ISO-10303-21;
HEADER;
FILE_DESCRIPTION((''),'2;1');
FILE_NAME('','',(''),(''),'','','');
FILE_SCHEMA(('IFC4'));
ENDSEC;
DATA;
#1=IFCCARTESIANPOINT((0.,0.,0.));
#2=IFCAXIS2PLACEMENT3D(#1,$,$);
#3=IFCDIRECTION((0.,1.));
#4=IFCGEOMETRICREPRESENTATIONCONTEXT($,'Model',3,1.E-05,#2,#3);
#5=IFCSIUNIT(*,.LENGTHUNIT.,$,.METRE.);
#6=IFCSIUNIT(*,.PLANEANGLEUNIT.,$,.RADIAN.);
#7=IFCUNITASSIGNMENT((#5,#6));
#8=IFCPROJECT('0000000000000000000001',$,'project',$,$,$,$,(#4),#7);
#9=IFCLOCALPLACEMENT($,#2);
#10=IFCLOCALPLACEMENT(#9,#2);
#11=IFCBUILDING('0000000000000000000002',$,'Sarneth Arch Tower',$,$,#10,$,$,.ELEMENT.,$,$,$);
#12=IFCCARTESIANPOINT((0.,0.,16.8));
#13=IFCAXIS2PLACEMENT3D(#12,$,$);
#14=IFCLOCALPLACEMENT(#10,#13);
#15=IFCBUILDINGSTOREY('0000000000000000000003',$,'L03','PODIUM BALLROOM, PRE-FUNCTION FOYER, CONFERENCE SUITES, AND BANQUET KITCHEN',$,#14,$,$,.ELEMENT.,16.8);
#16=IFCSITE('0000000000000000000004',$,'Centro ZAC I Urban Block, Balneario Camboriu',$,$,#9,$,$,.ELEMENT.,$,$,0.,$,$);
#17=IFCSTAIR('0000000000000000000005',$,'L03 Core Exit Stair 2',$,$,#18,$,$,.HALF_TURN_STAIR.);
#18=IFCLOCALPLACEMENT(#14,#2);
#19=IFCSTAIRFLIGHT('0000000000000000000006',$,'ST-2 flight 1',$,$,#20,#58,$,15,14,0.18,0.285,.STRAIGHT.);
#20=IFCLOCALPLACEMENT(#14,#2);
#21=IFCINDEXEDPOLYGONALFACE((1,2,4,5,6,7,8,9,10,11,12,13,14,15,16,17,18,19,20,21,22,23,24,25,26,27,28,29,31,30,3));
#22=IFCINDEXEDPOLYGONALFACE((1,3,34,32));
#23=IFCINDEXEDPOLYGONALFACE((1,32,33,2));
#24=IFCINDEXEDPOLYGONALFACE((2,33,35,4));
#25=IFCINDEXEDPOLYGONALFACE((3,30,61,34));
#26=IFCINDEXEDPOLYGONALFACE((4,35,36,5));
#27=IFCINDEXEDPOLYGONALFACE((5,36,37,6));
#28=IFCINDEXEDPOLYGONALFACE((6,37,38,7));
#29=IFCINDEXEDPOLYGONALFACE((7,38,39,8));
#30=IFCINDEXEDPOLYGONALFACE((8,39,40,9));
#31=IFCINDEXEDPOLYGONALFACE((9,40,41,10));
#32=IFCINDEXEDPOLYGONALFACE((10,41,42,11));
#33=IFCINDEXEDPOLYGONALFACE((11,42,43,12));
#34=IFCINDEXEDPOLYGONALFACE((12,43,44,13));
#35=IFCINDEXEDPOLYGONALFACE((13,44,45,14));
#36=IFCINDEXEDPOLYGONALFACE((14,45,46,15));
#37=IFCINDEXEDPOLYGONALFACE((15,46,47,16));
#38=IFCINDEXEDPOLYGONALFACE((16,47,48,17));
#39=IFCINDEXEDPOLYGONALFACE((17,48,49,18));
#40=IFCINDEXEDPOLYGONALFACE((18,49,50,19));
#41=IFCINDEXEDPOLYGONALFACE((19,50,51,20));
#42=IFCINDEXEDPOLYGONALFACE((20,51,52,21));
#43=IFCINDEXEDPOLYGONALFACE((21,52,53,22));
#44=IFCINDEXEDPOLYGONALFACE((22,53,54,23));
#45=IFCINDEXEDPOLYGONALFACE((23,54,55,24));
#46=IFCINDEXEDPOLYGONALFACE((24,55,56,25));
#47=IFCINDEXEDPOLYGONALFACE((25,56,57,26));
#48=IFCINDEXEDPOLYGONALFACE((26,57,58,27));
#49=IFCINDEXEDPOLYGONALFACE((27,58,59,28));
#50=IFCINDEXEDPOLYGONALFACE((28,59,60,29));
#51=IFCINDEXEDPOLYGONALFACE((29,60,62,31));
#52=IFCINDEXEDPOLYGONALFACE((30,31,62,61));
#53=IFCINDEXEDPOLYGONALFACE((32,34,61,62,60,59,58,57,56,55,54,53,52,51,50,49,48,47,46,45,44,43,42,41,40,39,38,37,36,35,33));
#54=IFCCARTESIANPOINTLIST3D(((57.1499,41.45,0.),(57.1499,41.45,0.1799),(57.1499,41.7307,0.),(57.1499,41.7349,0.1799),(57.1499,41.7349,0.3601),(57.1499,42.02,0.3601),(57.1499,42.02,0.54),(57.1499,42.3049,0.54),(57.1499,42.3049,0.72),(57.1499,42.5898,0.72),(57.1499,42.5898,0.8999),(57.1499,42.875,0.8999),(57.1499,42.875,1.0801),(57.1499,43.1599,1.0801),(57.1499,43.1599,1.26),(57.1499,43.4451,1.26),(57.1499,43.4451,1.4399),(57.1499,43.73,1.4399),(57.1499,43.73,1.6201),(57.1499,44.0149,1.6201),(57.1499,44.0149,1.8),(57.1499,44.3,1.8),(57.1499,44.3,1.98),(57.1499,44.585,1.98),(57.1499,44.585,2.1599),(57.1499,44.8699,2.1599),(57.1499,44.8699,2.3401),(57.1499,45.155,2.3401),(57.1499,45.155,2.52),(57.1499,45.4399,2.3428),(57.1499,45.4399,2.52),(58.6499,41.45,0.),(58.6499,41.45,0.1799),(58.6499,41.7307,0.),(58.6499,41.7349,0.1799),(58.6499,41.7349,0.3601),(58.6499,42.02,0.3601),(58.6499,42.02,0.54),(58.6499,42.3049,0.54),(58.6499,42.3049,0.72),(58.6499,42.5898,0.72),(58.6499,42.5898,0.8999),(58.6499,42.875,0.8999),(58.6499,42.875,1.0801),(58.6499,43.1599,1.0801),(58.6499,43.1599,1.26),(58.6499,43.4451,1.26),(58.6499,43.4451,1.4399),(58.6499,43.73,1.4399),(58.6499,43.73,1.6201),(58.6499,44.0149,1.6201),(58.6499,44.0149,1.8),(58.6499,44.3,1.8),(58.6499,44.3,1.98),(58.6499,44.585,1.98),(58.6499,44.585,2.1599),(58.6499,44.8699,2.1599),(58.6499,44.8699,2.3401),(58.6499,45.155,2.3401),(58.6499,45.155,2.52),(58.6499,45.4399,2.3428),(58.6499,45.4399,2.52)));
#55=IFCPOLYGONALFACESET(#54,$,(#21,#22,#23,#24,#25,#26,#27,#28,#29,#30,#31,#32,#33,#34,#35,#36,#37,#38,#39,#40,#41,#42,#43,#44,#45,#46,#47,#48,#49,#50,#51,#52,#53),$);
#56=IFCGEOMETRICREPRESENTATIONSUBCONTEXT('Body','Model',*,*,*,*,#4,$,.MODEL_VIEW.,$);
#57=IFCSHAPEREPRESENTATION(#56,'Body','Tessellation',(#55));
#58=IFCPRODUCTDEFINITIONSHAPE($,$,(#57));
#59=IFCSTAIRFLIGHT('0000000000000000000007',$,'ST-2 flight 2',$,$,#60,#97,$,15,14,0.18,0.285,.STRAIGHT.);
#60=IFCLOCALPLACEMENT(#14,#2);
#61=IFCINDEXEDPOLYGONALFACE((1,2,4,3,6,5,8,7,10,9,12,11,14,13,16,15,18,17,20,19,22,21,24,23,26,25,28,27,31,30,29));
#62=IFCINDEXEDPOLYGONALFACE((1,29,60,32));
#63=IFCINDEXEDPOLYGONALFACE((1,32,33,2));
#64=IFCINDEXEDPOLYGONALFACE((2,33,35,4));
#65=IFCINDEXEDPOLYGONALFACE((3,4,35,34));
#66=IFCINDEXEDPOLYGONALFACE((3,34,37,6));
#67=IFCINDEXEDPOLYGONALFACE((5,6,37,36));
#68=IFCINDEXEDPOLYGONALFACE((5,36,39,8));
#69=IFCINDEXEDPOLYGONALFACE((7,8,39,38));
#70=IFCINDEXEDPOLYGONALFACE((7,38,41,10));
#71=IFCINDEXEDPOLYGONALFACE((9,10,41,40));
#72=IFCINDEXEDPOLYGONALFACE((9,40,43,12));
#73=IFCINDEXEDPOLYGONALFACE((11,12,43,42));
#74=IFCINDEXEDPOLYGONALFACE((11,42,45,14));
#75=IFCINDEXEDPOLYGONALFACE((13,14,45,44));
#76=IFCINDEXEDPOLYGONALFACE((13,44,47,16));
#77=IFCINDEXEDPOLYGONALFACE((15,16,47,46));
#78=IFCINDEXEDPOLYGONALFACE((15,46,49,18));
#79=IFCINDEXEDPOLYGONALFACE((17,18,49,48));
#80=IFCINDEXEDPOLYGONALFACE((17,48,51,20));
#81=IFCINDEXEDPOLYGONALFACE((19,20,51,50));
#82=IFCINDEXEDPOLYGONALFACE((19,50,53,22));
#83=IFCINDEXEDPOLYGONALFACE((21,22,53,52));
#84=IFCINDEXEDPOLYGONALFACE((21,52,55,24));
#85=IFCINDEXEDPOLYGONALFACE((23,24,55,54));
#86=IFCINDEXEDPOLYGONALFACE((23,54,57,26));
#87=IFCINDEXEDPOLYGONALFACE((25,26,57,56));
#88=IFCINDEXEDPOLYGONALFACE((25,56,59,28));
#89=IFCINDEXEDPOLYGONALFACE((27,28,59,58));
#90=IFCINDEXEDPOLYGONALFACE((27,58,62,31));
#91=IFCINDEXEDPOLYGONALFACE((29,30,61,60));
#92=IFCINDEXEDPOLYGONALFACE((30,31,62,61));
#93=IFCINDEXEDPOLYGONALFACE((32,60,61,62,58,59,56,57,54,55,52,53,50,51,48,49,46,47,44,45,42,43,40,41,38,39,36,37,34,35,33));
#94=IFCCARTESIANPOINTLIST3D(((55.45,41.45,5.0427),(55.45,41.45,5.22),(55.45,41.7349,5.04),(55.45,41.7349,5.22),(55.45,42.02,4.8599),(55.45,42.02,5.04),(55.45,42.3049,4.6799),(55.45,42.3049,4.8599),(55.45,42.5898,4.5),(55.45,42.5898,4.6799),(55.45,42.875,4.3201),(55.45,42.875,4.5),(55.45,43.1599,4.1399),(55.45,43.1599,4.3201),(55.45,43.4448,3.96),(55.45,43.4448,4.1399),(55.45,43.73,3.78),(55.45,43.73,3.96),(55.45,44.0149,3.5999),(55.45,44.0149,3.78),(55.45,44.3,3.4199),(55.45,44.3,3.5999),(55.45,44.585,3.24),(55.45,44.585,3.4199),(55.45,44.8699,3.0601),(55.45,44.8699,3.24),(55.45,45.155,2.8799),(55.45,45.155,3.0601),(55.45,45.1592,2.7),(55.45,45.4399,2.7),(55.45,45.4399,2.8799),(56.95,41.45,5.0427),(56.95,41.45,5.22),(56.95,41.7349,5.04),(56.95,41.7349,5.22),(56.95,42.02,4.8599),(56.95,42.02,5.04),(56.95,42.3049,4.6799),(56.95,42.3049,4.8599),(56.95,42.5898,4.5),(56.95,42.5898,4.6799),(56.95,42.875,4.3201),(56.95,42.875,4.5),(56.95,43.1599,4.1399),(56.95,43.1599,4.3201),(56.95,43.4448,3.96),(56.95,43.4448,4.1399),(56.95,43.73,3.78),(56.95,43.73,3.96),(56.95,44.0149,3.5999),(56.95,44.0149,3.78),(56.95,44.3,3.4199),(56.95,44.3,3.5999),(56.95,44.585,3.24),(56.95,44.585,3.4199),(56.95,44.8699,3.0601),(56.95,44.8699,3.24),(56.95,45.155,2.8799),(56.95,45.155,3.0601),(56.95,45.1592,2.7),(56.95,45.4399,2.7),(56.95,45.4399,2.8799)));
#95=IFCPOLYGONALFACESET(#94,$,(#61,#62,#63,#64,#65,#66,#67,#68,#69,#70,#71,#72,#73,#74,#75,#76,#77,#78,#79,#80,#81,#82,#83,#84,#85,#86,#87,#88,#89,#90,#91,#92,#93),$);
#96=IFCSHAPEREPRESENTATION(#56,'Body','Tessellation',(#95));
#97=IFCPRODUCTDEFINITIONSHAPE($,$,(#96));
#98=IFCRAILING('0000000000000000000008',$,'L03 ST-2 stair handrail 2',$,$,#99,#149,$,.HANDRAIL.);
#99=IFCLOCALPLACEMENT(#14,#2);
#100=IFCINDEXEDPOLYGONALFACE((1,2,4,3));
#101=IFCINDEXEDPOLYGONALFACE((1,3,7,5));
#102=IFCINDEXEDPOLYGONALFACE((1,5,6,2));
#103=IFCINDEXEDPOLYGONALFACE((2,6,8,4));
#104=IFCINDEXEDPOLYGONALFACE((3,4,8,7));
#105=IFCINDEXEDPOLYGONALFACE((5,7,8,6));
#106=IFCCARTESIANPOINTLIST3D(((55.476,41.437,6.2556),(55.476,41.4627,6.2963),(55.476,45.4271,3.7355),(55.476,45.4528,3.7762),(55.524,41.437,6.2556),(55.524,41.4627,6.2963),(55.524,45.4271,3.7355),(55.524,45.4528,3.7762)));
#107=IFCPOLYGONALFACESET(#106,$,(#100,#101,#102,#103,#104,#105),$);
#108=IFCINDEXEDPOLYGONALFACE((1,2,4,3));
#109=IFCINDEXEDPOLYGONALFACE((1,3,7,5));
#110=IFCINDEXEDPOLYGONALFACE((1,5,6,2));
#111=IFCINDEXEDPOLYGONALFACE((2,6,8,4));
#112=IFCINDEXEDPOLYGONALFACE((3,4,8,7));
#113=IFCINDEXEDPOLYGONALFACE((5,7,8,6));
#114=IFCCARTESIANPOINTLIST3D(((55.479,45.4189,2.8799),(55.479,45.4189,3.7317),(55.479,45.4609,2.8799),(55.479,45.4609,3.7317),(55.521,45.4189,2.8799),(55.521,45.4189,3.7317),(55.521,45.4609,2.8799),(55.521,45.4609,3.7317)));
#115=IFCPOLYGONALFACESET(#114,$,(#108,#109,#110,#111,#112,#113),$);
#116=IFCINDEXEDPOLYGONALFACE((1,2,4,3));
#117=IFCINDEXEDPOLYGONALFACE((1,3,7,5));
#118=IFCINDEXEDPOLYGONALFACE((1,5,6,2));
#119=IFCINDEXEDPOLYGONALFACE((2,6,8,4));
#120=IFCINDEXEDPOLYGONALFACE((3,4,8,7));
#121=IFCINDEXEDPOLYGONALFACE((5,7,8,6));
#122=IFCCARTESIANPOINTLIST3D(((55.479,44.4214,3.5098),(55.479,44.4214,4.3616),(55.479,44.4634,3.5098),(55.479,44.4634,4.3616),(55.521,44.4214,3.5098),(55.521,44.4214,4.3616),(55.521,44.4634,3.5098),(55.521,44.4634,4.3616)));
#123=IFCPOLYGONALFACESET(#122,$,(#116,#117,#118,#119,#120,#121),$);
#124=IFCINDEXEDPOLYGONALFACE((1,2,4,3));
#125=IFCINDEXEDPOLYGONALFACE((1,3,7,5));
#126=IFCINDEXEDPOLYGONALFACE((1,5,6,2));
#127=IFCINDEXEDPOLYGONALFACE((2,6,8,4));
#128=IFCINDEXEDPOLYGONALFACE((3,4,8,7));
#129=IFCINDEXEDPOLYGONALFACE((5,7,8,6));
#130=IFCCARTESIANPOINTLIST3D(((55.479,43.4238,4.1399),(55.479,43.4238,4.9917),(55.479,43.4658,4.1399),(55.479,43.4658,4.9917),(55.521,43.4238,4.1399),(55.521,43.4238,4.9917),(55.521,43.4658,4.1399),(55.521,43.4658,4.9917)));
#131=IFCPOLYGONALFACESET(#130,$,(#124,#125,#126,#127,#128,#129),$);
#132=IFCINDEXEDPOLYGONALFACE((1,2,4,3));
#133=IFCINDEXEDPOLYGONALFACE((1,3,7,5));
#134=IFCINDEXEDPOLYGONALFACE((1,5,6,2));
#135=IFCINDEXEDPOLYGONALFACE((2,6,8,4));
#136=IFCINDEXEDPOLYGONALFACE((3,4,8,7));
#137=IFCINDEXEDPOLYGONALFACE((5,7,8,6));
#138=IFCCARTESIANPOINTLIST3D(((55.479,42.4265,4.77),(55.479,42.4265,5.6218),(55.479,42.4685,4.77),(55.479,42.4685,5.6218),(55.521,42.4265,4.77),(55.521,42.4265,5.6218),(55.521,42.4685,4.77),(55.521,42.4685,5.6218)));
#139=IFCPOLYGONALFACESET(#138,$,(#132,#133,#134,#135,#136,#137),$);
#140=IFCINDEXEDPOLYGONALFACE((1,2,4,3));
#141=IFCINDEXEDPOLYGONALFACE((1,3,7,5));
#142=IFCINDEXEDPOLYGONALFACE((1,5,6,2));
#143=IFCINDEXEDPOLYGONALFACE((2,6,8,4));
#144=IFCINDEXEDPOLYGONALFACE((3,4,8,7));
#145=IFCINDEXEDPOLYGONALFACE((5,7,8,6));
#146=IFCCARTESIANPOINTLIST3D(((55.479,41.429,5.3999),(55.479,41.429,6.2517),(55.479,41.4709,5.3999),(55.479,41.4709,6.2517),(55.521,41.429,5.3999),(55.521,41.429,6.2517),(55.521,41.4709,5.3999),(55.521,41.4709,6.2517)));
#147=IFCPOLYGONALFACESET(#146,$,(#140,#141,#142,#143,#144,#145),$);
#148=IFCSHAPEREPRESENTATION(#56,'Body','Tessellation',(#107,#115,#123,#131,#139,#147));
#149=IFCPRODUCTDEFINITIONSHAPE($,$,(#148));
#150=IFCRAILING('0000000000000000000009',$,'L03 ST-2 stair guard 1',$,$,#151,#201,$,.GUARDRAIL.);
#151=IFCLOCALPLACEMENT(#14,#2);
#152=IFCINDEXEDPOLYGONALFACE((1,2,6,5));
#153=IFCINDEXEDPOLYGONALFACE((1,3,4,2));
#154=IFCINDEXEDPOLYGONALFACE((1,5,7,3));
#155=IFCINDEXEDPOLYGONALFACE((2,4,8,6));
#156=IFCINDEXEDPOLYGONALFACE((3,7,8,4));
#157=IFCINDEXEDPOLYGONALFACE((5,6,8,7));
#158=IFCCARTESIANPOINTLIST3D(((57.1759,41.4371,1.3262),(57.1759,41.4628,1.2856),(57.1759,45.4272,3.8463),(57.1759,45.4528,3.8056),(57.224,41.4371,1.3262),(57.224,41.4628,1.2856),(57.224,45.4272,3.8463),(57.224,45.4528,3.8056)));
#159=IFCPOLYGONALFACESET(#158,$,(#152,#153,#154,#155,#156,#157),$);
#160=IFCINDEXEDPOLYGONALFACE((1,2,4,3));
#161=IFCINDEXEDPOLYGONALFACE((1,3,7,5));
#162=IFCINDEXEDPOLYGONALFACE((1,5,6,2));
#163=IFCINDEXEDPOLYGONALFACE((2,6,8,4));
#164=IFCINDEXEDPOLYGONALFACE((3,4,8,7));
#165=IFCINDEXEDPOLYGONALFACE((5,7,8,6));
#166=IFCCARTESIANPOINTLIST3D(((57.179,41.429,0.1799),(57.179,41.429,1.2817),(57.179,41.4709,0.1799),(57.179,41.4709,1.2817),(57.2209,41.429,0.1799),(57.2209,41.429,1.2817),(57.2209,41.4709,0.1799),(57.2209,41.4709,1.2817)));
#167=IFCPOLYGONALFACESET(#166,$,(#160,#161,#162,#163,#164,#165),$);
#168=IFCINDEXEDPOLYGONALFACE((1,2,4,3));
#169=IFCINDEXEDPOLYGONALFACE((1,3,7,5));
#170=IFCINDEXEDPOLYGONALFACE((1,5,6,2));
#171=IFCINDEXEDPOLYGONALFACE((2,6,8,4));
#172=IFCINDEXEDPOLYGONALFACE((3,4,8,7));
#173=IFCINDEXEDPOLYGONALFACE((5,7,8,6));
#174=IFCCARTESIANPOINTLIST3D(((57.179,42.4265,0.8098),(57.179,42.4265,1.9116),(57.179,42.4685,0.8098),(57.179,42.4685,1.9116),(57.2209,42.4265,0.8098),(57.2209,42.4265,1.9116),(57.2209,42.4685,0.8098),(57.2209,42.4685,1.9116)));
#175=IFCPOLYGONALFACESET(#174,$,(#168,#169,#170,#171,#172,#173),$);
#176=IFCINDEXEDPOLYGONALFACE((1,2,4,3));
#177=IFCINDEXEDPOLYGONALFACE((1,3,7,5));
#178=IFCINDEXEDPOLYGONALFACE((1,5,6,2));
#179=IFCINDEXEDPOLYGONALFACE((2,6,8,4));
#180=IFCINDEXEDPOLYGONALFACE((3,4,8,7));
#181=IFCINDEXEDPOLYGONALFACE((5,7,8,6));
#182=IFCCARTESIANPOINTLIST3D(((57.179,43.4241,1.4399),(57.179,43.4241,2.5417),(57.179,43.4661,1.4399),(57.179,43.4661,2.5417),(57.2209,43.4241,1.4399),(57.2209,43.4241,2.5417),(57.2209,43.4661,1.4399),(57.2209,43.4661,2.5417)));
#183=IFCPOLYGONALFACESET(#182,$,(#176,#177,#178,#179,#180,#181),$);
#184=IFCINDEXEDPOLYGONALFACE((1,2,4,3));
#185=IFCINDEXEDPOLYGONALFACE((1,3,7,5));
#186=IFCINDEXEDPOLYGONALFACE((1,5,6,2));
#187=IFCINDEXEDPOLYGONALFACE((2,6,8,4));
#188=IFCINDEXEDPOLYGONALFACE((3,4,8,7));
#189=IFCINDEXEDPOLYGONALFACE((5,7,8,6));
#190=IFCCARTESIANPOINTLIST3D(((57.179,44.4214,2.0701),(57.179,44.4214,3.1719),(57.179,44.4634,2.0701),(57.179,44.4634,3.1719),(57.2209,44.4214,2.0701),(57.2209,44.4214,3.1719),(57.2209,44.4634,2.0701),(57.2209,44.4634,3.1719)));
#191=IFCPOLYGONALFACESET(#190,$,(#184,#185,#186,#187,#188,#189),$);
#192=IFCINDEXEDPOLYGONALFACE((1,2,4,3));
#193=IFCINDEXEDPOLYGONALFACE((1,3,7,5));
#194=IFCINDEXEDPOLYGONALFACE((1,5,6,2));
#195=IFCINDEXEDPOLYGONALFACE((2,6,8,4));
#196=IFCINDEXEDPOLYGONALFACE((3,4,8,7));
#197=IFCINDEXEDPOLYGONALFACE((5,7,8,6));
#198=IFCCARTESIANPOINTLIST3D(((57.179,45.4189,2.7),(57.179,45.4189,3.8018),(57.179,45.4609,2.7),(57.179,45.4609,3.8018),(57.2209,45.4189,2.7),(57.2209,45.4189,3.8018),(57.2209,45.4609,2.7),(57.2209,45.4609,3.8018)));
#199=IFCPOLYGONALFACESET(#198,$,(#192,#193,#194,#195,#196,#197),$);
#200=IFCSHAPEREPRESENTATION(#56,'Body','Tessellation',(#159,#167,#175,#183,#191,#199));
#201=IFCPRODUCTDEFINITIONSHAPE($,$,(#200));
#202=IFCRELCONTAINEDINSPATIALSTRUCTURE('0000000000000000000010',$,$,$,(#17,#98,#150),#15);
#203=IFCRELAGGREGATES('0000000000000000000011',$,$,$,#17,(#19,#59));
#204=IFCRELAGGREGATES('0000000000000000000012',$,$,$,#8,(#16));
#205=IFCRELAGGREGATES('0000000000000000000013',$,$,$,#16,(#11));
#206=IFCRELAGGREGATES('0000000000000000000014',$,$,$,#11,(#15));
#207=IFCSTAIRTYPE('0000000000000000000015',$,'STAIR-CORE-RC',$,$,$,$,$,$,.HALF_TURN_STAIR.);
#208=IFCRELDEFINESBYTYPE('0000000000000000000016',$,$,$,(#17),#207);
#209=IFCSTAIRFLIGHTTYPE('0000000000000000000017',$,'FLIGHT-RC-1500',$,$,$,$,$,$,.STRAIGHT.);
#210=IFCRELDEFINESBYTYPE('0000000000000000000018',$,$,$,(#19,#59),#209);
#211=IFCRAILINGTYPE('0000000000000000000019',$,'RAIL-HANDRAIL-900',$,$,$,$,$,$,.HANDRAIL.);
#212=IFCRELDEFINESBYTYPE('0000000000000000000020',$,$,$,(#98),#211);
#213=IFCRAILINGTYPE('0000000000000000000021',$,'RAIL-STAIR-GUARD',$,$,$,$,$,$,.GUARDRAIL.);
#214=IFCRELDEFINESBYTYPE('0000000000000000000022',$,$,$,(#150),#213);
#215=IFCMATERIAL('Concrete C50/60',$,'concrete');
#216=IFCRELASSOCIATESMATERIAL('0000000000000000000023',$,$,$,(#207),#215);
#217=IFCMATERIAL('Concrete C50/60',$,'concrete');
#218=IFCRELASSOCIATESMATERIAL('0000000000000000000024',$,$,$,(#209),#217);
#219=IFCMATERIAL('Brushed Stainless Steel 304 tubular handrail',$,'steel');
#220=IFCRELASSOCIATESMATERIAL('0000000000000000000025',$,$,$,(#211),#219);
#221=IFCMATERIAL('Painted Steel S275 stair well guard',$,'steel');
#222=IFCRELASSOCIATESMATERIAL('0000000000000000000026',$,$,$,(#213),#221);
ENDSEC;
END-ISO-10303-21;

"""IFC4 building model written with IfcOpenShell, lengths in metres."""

from ifc_helpers import new_model, si_unit, direction, frame, origin, origin_2d, place, context, subcontext, project, spatial, polyline, rectangle, outline, extrude, material, type_object, element, aggregate, save


model = new_model("IFC4")

# Units and contexts
model_context = context("Model", 3, precision=1e-05, world=origin(), true_north=direction((0.0, 1.0)))
body_context = subcontext(model_context, "Body", "Model", "MODEL_VIEW")
ifc_project = project(units=[si_unit("LENGTHUNIT", "METRE"), si_unit("PLANEANGLEUNIT", "RADIAN")], contexts=[model_context])

# Site, building, storey
site_placement = place(None, origin())
site = spatial("IfcSite", under=ifc_project, at=site_placement, Name="Centro ZAC I Urban Block, Balneario Camboriu", CompositionType="ELEMENT", RefElevation=0.0)
building_placement = place(site_placement, origin())
building = spatial("IfcBuilding", under=site, at=building_placement, Name="Sarneth Arch Tower", CompositionType="ELEMENT")
storey_placement = place(building_placement, frame((0.0, 0.0, 16.8)))
storey = spatial("IfcBuildingStorey", under=building, at=storey_placement, Name="L03", Description="PODIUM BALLROOM, PRE-FUNCTION FOYER, CONFERENCE SUITES, AND BANQUET KITCHEN", CompositionType="ELEMENT", Elevation=16.8)

# Stair, stair flights
ifc_material_1 = material(Name="Concrete C50/60", Category="concrete")
stair_type = type_object("IfcStairType", Name="STAIR-CORE-RC", PredefinedType="HALF_TURN_STAIR", material=ifc_material_1)
stair_placement = place(storey_placement, origin())
stair = element("IfcStair", 1, at=stair_placement, inside=storey, type_object=stair_type, Name="L03 Core Exit Stair 2", PredefinedType="HALF_TURN_STAIR")
ifc_material_2 = material(Name="Concrete C50/60", Category="concrete")
stair_flight_type = type_object("IfcStairFlightType", Name="FLIGHT-RC-1500", PredefinedType="STRAIGHT", material=ifc_material_2)
stair_flight_1_placement = place(storey_placement, frame((57.8999, 41.45, 0.0), z_axis=(0.0, 0.0, 1.0), x_axis=(0.0, 1.0, 0.0)))
stair_flight_1 = element("IfcStairFlight", 2, at=stair_flight_1_placement, type_object=stair_flight_type, Name="ST-2 flight 1", NumberOfRisers=15, NumberOfTreads=14, PredefinedType="STRAIGHT", RiserHeight=0.18, TreadLength=0.285, context=body_context, shape_type="SweptSolid", body=[
    extrude(outline(polyline([(0.0, 0.0), (0.0, 0.1799), (0.2849, 0.1799), (0.2849, 0.3601), (0.5701, 0.3601), (0.5701, 0.54), (0.855, 0.54), (0.855, 0.72), (1.1399, 0.72), (1.1399, 0.8999), (1.425, 0.8999), (1.425, 1.0801), (1.71, 1.0801), (1.71, 1.26), (1.9951, 1.26), (1.9951, 1.4399), (2.28, 1.4399), (2.28, 1.6201), (2.5649, 1.6201), (2.5649, 1.8), (2.8501, 1.8), (2.8501, 1.98), (3.135, 1.98), (3.135, 2.1599), (3.4199, 2.1599), (3.4199, 2.3401), (3.7051, 2.3401), (3.7051, 2.52), (3.99, 2.52), (3.99, 2.7), (3.99, 2.3428), (0.2808, 0.0), (0.0, 0.0)])), frame((0.0, 0.75, 0.0), z_axis=(0.0, -1.0, 0.0), x_axis=(1.0, 0.0, 0.0)), (0.0, 0.0, 1.0), 1.5),
])
stair_flight_2_placement = place(storey_placement, frame((56.2, 45.4399, 2.7), z_axis=(0.0, 0.0, 1.0), x_axis=(0.0, -1.0, 0.0)))
stair_flight_2 = element("IfcStairFlight", 3, at=stair_flight_2_placement, type_object=stair_flight_type, Name="ST-2 flight 2", NumberOfRisers=15, NumberOfTreads=14, PredefinedType="STRAIGHT", RiserHeight=0.18, TreadLength=0.285, context=body_context, shape_type="SweptSolid", body=[
    extrude(outline(polyline([(0.0, 0.0), (0.0, 0.1799), (0.2849, 0.1799), (0.2849, 0.3601), (0.5701, 0.3601), (0.5701, 0.54), (0.855, 0.54), (0.855, 0.72), (1.1399, 0.72), (1.1399, 0.8999), (1.425, 0.8999), (1.425, 1.0801), (1.71, 1.0801), (1.71, 1.26), (1.9951, 1.26), (1.9951, 1.4399), (2.28, 1.4399), (2.28, 1.6201), (2.5649, 1.6201), (2.5649, 1.8), (2.8501, 1.8), (2.8501, 1.98), (3.135, 1.98), (3.135, 2.1599), (3.4199, 2.1599), (3.4199, 2.3401), (3.7051, 2.3401), (3.7051, 2.52), (3.99, 2.52), (3.99, 2.7), (3.99, 2.3428), (0.2808, 0.0), (0.0, 0.0)])), frame((0.0, 0.75, 0.0), z_axis=(0.0, -1.0, 0.0), x_axis=(1.0, 0.0, 0.0)), (0.0, 0.0, 1.0), 1.5),
])
aggregate(stair, [stair_flight_1, stair_flight_2])

# Railings
ifc_material_3 = material(Name="Brushed Stainless Steel 304 tubular handrail", Category="steel")
railing_type_1 = type_object("IfcRailingType", Name="RAIL-HANDRAIL-900", PredefinedType="HANDRAIL", material=ifc_material_3)
railing_1_placement = place(storey_placement, frame((55.5, 45.4399, 2.8799)))
element("IfcRailing", 4, at=railing_1_placement, inside=storey, type_object=railing_type_1, Name="L03 ST-2 stair handrail 2", PredefinedType="HANDRAIL", context=body_context, shape_type="SweptSolid", body=[
    extrude(rectangle(XDim=0.0481, YDim=0.0481, at=origin_2d()), frame((0.0, 0.0, 0.876), z_axis=(0.0, -0.845486, 0.533997), x_axis=(1.0, 0.0, 0.0)), (0.0, 0.0, 1.0), 4.7192),
    extrude(rectangle(XDim=0.042, YDim=0.042, at=origin_2d()), origin(), (0.0, 0.0, 1.0), 0.8518),
    extrude(rectangle(XDim=0.042, YDim=0.042, at=origin_2d()), frame((0.0, -0.9976, 0.6299)), (0.0, 0.0, 1.0), 0.8518),
    extrude(rectangle(XDim=0.042, YDim=0.042, at=origin_2d()), frame((0.0, -1.9951, 1.26)), (0.0, 0.0, 1.0), 0.8518),
    extrude(rectangle(XDim=0.042, YDim=0.042, at=origin_2d()), frame((0.0, -2.9924, 1.8901)), (0.0, 0.0, 1.0), 0.8518),
    extrude(rectangle(XDim=0.042, YDim=0.042, at=origin_2d()), frame((0.0, -3.99, 2.52)), (0.0, 0.0, 1.0), 0.8518),
])
ifc_material_4 = material(Name="Painted Steel S275 stair well guard", Category="steel")
railing_type_2 = type_object("IfcRailingType", Name="RAIL-STAIR-GUARD", PredefinedType="GUARDRAIL", material=ifc_material_4)
railing_2_placement = place(storey_placement, frame((57.2, 41.45, 0.1799)))
element("IfcRailing", 5, at=railing_2_placement, inside=storey, type_object=railing_type_2, Name="L03 ST-2 stair guard 1", PredefinedType="GUARDRAIL", context=body_context, shape_type="SweptSolid", body=[
    extrude(rectangle(XDim=0.0481, YDim=0.0481, at=origin_2d()), frame((0.0, 0.0, 1.126), z_axis=(0.0, 0.845486, 0.533997), x_axis=(-1.0, 0.0, 0.0)), (0.0, 0.0, 1.0), 4.7192),
    extrude(rectangle(XDim=0.042, YDim=0.042, at=origin_2d()), origin(), (0.0, 0.0, 1.0), 1.1018),
    extrude(rectangle(XDim=0.042, YDim=0.042, at=origin_2d()), frame((0.0, 0.9976, 0.6299)), (0.0, 0.0, 1.0), 1.1018),
    extrude(rectangle(XDim=0.042, YDim=0.042, at=origin_2d()), frame((0.0, 1.9951, 1.26)), (0.0, 0.0, 1.0), 1.1018),
    extrude(rectangle(XDim=0.042, YDim=0.042, at=origin_2d()), frame((0.0, 2.9924, 1.8901)), (0.0, 0.0, 1.0), 1.1018),
    extrude(rectangle(XDim=0.042, YDim=0.042, at=origin_2d()), frame((0.0, 3.99, 2.52)), (0.0, 0.0, 1.0), 1.1018),
])

save(model, "model.ifc")
